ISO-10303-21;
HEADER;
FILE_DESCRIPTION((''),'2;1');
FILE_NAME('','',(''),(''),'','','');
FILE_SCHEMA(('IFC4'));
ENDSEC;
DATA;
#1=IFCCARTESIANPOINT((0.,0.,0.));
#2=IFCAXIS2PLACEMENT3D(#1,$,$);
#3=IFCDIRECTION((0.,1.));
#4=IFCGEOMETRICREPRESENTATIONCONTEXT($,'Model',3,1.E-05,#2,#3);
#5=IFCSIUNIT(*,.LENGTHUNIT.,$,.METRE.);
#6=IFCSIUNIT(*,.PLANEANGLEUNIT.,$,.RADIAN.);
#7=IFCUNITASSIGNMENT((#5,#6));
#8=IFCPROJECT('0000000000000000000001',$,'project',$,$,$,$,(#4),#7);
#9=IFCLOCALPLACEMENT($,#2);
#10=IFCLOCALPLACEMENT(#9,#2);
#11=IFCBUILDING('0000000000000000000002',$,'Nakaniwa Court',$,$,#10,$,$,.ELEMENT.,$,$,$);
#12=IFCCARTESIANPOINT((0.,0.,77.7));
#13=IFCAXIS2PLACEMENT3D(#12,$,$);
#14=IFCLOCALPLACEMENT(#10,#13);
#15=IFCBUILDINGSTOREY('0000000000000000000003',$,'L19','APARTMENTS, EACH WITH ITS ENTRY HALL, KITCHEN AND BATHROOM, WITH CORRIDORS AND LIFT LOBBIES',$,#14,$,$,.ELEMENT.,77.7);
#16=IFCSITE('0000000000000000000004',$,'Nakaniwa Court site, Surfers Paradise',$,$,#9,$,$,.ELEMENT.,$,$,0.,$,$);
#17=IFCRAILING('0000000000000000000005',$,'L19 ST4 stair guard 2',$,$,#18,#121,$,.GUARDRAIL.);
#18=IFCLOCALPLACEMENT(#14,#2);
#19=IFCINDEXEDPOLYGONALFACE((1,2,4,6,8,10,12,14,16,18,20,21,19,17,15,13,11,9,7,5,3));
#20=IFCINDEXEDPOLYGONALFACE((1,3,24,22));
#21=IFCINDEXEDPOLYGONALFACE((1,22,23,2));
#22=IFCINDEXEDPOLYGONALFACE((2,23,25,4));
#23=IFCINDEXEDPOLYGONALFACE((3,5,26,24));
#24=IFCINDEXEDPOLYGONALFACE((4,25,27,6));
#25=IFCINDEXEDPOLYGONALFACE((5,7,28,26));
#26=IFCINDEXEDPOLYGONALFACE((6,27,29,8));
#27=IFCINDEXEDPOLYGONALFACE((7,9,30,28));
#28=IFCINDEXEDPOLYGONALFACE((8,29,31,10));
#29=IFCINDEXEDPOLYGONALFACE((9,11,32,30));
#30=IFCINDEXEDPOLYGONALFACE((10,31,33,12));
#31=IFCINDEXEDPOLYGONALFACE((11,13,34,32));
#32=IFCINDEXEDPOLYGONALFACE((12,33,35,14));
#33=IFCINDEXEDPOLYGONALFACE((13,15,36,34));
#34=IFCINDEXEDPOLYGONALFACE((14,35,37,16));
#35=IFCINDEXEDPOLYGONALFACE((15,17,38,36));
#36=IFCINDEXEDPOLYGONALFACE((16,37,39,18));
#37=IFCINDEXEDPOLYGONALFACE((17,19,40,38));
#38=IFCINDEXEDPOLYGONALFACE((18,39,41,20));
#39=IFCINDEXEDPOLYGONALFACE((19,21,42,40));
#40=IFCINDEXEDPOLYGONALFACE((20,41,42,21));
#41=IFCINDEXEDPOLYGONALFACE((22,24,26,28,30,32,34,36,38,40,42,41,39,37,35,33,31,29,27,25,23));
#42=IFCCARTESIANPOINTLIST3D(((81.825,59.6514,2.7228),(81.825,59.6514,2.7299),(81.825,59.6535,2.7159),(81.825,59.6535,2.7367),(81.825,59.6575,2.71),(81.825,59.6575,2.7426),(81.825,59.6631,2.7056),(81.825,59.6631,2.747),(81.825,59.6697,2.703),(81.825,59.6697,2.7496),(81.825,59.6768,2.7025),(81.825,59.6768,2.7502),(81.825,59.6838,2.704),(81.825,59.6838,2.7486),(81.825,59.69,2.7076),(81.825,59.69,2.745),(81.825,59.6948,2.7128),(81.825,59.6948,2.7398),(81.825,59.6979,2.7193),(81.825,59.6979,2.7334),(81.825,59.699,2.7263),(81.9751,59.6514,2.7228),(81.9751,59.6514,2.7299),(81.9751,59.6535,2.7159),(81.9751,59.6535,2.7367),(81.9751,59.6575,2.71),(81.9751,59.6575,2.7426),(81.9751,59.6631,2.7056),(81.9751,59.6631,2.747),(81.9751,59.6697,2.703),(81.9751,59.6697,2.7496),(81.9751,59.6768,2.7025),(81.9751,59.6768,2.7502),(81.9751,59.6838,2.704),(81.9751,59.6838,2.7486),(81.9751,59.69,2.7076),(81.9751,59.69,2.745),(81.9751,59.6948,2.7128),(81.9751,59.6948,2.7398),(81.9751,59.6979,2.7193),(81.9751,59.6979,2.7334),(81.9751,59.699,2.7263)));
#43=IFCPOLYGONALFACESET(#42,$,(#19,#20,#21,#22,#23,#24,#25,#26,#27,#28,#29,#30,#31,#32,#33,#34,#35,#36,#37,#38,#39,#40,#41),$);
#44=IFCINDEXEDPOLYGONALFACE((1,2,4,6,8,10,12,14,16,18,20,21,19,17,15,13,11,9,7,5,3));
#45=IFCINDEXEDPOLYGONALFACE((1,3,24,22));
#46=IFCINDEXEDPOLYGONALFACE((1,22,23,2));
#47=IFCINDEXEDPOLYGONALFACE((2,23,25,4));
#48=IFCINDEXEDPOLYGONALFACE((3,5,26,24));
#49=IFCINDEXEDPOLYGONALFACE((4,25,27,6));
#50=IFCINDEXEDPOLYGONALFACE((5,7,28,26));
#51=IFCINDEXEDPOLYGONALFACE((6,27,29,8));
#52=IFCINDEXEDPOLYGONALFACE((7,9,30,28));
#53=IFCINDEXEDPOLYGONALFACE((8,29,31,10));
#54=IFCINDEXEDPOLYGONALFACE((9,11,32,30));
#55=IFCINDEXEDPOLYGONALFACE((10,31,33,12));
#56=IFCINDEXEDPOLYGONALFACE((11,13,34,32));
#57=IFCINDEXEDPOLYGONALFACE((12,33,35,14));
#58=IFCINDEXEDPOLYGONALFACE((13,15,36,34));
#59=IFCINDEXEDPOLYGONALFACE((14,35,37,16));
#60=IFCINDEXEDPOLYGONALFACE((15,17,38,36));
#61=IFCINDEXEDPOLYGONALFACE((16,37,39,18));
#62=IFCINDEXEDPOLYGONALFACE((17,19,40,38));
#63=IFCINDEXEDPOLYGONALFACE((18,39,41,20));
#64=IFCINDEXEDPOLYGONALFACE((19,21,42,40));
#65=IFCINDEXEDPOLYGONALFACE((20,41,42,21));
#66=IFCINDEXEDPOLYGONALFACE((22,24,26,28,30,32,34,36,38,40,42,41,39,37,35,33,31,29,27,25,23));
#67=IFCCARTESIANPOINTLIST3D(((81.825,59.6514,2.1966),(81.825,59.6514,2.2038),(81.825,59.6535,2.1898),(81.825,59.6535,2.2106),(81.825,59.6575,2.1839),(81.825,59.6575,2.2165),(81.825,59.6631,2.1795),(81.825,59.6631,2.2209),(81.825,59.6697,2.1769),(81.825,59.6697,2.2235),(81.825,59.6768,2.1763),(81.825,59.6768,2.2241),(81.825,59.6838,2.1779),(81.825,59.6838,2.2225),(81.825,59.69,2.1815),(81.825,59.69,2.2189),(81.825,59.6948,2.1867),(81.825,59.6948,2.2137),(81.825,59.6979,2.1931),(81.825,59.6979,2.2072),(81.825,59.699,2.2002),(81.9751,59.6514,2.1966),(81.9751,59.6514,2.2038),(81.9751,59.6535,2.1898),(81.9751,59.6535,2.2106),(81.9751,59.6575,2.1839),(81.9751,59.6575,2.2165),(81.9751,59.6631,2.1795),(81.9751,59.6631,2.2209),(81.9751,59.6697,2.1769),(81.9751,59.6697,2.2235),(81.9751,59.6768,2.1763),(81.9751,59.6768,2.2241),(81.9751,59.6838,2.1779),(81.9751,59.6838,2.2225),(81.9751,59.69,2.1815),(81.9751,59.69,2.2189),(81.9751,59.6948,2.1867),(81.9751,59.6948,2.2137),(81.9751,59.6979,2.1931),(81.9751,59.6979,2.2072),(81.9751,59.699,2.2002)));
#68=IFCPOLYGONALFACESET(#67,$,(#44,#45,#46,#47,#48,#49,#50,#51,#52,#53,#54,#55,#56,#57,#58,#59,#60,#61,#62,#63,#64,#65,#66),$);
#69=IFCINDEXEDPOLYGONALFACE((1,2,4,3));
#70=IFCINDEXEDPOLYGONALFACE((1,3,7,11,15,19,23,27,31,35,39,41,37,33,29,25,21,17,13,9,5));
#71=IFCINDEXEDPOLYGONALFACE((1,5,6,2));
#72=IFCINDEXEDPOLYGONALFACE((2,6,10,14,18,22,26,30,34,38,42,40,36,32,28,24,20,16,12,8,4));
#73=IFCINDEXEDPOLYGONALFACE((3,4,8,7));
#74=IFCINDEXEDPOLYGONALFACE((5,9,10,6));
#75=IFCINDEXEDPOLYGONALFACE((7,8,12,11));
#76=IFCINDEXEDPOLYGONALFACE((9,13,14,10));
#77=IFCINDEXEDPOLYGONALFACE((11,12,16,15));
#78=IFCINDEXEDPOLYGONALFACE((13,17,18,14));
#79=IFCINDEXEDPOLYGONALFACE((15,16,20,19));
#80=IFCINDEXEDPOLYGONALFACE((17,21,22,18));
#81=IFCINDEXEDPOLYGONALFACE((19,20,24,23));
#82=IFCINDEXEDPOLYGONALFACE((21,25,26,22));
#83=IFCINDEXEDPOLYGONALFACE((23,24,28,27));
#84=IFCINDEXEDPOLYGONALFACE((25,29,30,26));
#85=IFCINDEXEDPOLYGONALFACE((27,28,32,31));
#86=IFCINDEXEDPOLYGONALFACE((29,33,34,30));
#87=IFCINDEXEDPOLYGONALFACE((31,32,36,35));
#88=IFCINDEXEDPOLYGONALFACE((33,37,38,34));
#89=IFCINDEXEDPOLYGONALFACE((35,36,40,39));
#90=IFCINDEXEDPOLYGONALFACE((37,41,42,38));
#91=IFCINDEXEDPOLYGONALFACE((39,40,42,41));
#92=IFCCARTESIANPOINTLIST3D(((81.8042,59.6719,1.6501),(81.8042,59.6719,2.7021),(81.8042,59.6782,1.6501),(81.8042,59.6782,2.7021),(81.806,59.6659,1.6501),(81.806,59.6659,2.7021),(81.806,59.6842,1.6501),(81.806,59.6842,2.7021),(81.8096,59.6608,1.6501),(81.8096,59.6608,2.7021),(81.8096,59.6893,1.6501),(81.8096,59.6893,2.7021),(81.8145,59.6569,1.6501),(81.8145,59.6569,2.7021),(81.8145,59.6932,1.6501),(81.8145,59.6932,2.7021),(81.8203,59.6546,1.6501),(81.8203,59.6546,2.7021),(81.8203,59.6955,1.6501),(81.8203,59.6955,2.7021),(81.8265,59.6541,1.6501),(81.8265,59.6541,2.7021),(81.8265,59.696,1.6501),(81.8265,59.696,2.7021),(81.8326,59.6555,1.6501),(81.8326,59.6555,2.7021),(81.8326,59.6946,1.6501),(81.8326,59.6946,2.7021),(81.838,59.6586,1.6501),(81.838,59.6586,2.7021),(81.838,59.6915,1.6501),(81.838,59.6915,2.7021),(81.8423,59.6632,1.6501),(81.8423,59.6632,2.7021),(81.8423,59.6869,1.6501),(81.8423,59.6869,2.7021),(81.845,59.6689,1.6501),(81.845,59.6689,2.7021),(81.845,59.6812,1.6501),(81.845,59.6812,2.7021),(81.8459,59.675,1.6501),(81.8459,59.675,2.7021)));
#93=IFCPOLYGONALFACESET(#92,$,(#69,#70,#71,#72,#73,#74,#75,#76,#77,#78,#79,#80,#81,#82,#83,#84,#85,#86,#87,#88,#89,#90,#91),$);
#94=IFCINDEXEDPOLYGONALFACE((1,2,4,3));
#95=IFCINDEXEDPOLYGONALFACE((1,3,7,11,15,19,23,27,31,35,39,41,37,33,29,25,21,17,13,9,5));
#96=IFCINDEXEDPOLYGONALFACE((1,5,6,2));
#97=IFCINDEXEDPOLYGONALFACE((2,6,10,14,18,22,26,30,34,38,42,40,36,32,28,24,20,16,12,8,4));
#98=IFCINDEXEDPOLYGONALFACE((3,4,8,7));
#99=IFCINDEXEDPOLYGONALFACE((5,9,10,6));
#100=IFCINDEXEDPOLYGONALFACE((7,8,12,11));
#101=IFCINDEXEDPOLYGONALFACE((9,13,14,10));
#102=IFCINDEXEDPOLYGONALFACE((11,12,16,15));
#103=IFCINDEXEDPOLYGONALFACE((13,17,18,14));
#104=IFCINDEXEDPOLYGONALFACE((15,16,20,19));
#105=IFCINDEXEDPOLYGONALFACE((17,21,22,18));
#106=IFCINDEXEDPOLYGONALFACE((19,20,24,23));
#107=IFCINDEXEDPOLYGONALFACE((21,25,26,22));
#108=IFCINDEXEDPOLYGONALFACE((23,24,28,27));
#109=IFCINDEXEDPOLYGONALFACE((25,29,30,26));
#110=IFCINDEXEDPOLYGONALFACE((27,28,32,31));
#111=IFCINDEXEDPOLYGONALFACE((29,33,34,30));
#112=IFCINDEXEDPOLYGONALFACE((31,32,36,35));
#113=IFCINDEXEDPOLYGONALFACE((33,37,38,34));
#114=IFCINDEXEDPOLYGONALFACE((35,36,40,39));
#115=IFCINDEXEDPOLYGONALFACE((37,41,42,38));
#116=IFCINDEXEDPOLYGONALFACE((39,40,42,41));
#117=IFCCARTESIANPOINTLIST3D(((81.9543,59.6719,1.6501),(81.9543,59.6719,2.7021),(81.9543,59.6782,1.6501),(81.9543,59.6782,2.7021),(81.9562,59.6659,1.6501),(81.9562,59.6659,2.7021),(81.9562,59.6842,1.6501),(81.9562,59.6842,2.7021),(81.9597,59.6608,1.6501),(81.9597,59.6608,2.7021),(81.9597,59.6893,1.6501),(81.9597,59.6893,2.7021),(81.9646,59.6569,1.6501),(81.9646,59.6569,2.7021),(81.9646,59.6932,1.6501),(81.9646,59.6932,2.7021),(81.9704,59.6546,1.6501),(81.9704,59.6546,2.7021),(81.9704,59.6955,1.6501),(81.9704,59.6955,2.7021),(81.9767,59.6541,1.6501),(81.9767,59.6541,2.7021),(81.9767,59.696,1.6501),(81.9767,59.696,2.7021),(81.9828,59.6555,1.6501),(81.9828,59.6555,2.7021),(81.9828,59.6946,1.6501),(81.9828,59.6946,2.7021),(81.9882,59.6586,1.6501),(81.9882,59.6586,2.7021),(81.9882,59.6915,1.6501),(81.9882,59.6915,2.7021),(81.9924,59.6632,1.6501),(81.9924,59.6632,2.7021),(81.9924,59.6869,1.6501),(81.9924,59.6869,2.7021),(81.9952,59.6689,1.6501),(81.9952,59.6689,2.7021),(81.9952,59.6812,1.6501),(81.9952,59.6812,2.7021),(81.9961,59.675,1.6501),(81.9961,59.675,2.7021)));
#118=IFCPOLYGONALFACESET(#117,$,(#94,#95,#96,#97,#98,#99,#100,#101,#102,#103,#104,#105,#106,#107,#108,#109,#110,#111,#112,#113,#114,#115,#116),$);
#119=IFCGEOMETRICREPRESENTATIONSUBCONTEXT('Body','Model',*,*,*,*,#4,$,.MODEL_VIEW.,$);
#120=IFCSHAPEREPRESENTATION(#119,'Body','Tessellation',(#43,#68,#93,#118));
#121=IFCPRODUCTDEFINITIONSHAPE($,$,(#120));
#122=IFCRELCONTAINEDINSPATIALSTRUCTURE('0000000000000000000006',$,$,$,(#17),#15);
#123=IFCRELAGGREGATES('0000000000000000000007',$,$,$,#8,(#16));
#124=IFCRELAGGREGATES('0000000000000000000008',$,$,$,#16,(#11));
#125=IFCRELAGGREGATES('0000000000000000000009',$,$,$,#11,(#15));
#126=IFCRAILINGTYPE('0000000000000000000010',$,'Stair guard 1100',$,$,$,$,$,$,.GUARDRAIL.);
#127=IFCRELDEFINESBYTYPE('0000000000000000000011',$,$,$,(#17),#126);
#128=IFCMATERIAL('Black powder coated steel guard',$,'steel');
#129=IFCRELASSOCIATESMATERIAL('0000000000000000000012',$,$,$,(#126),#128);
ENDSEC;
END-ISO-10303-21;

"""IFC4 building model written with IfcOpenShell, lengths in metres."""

from ifc_helpers import new_model, si_unit, direction, frame, origin, origin_2d, place, context, subcontext, project, spatial, circle, extrude, material, type_object, element, save


model = new_model("IFC4")

# Units and contexts
model_context = context("Model", 3, precision=1e-05, world=origin(), true_north=direction((0.0, 1.0)))
body_context = subcontext(model_context, "Body", "Model", "MODEL_VIEW")
ifc_project = project(units=[si_unit("LENGTHUNIT", "METRE"), si_unit("PLANEANGLEUNIT", "RADIAN")], contexts=[model_context])

# Site, building, storey
site_placement = place(None, origin())
site = spatial("IfcSite", under=ifc_project, at=site_placement, Name="Nakaniwa Court site, Surfers Paradise", CompositionType="ELEMENT", RefElevation=0.0)
building_placement = place(site_placement, origin())
building = spatial("IfcBuilding", under=site, at=building_placement, Name="Nakaniwa Court", CompositionType="ELEMENT")
storey_placement = place(building_placement, frame((0.0, 0.0, 77.7)))
storey = spatial("IfcBuildingStorey", under=building, at=storey_placement, Name="L19", Description="APARTMENTS, EACH WITH ITS ENTRY HALL, KITCHEN AND BATHROOM, WITH CORRIDORS AND LIFT LOBBIES", CompositionType="ELEMENT", Elevation=77.7)

# Railing
ifc_material_1 = material(Name="Black powder coated steel guard", Category="steel")
railing_type_1 = type_object("IfcRailingType", Name="Stair guard 1100", PredefinedType="GUARDRAIL", material=ifc_material_1)
railing_1_placement = place(storey_placement, frame((81.825, 59.675, 1.6501)))
element("IfcRailing", 1, at=railing_1_placement, inside=storey, type_object=railing_type_1, Name="L19 ST4 stair guard 2", PredefinedType="GUARDRAIL", context=body_context, shape_type="SweptSolid", body=[
    extrude(circle(Radius=0.0239, at=origin_2d()), frame((0.0, 0.0, 1.0762), z_axis=(1.0, 0.0, 0.0), x_axis=(0.0, 1.0, 0.0)), (0.0, 0.0, 1.0), 0.1501),
    extrude(circle(Radius=0.0239, at=origin_2d()), frame((0.0, 0.0, 0.55), z_axis=(1.0, 0.0, 0.0), x_axis=(0.0, 1.0, 0.0)), (0.0, 0.0, 1.0), 0.1501),
    extrude(circle(Radius=0.021, at=origin_2d()), origin(), (0.0, 0.0, 1.0), 1.052),
    extrude(circle(Radius=0.021, at=origin_2d()), frame((0.1501, 0.0, 0.0)), (0.0, 0.0, 1.0), 1.052),
])

save(model, "model.ifc")
